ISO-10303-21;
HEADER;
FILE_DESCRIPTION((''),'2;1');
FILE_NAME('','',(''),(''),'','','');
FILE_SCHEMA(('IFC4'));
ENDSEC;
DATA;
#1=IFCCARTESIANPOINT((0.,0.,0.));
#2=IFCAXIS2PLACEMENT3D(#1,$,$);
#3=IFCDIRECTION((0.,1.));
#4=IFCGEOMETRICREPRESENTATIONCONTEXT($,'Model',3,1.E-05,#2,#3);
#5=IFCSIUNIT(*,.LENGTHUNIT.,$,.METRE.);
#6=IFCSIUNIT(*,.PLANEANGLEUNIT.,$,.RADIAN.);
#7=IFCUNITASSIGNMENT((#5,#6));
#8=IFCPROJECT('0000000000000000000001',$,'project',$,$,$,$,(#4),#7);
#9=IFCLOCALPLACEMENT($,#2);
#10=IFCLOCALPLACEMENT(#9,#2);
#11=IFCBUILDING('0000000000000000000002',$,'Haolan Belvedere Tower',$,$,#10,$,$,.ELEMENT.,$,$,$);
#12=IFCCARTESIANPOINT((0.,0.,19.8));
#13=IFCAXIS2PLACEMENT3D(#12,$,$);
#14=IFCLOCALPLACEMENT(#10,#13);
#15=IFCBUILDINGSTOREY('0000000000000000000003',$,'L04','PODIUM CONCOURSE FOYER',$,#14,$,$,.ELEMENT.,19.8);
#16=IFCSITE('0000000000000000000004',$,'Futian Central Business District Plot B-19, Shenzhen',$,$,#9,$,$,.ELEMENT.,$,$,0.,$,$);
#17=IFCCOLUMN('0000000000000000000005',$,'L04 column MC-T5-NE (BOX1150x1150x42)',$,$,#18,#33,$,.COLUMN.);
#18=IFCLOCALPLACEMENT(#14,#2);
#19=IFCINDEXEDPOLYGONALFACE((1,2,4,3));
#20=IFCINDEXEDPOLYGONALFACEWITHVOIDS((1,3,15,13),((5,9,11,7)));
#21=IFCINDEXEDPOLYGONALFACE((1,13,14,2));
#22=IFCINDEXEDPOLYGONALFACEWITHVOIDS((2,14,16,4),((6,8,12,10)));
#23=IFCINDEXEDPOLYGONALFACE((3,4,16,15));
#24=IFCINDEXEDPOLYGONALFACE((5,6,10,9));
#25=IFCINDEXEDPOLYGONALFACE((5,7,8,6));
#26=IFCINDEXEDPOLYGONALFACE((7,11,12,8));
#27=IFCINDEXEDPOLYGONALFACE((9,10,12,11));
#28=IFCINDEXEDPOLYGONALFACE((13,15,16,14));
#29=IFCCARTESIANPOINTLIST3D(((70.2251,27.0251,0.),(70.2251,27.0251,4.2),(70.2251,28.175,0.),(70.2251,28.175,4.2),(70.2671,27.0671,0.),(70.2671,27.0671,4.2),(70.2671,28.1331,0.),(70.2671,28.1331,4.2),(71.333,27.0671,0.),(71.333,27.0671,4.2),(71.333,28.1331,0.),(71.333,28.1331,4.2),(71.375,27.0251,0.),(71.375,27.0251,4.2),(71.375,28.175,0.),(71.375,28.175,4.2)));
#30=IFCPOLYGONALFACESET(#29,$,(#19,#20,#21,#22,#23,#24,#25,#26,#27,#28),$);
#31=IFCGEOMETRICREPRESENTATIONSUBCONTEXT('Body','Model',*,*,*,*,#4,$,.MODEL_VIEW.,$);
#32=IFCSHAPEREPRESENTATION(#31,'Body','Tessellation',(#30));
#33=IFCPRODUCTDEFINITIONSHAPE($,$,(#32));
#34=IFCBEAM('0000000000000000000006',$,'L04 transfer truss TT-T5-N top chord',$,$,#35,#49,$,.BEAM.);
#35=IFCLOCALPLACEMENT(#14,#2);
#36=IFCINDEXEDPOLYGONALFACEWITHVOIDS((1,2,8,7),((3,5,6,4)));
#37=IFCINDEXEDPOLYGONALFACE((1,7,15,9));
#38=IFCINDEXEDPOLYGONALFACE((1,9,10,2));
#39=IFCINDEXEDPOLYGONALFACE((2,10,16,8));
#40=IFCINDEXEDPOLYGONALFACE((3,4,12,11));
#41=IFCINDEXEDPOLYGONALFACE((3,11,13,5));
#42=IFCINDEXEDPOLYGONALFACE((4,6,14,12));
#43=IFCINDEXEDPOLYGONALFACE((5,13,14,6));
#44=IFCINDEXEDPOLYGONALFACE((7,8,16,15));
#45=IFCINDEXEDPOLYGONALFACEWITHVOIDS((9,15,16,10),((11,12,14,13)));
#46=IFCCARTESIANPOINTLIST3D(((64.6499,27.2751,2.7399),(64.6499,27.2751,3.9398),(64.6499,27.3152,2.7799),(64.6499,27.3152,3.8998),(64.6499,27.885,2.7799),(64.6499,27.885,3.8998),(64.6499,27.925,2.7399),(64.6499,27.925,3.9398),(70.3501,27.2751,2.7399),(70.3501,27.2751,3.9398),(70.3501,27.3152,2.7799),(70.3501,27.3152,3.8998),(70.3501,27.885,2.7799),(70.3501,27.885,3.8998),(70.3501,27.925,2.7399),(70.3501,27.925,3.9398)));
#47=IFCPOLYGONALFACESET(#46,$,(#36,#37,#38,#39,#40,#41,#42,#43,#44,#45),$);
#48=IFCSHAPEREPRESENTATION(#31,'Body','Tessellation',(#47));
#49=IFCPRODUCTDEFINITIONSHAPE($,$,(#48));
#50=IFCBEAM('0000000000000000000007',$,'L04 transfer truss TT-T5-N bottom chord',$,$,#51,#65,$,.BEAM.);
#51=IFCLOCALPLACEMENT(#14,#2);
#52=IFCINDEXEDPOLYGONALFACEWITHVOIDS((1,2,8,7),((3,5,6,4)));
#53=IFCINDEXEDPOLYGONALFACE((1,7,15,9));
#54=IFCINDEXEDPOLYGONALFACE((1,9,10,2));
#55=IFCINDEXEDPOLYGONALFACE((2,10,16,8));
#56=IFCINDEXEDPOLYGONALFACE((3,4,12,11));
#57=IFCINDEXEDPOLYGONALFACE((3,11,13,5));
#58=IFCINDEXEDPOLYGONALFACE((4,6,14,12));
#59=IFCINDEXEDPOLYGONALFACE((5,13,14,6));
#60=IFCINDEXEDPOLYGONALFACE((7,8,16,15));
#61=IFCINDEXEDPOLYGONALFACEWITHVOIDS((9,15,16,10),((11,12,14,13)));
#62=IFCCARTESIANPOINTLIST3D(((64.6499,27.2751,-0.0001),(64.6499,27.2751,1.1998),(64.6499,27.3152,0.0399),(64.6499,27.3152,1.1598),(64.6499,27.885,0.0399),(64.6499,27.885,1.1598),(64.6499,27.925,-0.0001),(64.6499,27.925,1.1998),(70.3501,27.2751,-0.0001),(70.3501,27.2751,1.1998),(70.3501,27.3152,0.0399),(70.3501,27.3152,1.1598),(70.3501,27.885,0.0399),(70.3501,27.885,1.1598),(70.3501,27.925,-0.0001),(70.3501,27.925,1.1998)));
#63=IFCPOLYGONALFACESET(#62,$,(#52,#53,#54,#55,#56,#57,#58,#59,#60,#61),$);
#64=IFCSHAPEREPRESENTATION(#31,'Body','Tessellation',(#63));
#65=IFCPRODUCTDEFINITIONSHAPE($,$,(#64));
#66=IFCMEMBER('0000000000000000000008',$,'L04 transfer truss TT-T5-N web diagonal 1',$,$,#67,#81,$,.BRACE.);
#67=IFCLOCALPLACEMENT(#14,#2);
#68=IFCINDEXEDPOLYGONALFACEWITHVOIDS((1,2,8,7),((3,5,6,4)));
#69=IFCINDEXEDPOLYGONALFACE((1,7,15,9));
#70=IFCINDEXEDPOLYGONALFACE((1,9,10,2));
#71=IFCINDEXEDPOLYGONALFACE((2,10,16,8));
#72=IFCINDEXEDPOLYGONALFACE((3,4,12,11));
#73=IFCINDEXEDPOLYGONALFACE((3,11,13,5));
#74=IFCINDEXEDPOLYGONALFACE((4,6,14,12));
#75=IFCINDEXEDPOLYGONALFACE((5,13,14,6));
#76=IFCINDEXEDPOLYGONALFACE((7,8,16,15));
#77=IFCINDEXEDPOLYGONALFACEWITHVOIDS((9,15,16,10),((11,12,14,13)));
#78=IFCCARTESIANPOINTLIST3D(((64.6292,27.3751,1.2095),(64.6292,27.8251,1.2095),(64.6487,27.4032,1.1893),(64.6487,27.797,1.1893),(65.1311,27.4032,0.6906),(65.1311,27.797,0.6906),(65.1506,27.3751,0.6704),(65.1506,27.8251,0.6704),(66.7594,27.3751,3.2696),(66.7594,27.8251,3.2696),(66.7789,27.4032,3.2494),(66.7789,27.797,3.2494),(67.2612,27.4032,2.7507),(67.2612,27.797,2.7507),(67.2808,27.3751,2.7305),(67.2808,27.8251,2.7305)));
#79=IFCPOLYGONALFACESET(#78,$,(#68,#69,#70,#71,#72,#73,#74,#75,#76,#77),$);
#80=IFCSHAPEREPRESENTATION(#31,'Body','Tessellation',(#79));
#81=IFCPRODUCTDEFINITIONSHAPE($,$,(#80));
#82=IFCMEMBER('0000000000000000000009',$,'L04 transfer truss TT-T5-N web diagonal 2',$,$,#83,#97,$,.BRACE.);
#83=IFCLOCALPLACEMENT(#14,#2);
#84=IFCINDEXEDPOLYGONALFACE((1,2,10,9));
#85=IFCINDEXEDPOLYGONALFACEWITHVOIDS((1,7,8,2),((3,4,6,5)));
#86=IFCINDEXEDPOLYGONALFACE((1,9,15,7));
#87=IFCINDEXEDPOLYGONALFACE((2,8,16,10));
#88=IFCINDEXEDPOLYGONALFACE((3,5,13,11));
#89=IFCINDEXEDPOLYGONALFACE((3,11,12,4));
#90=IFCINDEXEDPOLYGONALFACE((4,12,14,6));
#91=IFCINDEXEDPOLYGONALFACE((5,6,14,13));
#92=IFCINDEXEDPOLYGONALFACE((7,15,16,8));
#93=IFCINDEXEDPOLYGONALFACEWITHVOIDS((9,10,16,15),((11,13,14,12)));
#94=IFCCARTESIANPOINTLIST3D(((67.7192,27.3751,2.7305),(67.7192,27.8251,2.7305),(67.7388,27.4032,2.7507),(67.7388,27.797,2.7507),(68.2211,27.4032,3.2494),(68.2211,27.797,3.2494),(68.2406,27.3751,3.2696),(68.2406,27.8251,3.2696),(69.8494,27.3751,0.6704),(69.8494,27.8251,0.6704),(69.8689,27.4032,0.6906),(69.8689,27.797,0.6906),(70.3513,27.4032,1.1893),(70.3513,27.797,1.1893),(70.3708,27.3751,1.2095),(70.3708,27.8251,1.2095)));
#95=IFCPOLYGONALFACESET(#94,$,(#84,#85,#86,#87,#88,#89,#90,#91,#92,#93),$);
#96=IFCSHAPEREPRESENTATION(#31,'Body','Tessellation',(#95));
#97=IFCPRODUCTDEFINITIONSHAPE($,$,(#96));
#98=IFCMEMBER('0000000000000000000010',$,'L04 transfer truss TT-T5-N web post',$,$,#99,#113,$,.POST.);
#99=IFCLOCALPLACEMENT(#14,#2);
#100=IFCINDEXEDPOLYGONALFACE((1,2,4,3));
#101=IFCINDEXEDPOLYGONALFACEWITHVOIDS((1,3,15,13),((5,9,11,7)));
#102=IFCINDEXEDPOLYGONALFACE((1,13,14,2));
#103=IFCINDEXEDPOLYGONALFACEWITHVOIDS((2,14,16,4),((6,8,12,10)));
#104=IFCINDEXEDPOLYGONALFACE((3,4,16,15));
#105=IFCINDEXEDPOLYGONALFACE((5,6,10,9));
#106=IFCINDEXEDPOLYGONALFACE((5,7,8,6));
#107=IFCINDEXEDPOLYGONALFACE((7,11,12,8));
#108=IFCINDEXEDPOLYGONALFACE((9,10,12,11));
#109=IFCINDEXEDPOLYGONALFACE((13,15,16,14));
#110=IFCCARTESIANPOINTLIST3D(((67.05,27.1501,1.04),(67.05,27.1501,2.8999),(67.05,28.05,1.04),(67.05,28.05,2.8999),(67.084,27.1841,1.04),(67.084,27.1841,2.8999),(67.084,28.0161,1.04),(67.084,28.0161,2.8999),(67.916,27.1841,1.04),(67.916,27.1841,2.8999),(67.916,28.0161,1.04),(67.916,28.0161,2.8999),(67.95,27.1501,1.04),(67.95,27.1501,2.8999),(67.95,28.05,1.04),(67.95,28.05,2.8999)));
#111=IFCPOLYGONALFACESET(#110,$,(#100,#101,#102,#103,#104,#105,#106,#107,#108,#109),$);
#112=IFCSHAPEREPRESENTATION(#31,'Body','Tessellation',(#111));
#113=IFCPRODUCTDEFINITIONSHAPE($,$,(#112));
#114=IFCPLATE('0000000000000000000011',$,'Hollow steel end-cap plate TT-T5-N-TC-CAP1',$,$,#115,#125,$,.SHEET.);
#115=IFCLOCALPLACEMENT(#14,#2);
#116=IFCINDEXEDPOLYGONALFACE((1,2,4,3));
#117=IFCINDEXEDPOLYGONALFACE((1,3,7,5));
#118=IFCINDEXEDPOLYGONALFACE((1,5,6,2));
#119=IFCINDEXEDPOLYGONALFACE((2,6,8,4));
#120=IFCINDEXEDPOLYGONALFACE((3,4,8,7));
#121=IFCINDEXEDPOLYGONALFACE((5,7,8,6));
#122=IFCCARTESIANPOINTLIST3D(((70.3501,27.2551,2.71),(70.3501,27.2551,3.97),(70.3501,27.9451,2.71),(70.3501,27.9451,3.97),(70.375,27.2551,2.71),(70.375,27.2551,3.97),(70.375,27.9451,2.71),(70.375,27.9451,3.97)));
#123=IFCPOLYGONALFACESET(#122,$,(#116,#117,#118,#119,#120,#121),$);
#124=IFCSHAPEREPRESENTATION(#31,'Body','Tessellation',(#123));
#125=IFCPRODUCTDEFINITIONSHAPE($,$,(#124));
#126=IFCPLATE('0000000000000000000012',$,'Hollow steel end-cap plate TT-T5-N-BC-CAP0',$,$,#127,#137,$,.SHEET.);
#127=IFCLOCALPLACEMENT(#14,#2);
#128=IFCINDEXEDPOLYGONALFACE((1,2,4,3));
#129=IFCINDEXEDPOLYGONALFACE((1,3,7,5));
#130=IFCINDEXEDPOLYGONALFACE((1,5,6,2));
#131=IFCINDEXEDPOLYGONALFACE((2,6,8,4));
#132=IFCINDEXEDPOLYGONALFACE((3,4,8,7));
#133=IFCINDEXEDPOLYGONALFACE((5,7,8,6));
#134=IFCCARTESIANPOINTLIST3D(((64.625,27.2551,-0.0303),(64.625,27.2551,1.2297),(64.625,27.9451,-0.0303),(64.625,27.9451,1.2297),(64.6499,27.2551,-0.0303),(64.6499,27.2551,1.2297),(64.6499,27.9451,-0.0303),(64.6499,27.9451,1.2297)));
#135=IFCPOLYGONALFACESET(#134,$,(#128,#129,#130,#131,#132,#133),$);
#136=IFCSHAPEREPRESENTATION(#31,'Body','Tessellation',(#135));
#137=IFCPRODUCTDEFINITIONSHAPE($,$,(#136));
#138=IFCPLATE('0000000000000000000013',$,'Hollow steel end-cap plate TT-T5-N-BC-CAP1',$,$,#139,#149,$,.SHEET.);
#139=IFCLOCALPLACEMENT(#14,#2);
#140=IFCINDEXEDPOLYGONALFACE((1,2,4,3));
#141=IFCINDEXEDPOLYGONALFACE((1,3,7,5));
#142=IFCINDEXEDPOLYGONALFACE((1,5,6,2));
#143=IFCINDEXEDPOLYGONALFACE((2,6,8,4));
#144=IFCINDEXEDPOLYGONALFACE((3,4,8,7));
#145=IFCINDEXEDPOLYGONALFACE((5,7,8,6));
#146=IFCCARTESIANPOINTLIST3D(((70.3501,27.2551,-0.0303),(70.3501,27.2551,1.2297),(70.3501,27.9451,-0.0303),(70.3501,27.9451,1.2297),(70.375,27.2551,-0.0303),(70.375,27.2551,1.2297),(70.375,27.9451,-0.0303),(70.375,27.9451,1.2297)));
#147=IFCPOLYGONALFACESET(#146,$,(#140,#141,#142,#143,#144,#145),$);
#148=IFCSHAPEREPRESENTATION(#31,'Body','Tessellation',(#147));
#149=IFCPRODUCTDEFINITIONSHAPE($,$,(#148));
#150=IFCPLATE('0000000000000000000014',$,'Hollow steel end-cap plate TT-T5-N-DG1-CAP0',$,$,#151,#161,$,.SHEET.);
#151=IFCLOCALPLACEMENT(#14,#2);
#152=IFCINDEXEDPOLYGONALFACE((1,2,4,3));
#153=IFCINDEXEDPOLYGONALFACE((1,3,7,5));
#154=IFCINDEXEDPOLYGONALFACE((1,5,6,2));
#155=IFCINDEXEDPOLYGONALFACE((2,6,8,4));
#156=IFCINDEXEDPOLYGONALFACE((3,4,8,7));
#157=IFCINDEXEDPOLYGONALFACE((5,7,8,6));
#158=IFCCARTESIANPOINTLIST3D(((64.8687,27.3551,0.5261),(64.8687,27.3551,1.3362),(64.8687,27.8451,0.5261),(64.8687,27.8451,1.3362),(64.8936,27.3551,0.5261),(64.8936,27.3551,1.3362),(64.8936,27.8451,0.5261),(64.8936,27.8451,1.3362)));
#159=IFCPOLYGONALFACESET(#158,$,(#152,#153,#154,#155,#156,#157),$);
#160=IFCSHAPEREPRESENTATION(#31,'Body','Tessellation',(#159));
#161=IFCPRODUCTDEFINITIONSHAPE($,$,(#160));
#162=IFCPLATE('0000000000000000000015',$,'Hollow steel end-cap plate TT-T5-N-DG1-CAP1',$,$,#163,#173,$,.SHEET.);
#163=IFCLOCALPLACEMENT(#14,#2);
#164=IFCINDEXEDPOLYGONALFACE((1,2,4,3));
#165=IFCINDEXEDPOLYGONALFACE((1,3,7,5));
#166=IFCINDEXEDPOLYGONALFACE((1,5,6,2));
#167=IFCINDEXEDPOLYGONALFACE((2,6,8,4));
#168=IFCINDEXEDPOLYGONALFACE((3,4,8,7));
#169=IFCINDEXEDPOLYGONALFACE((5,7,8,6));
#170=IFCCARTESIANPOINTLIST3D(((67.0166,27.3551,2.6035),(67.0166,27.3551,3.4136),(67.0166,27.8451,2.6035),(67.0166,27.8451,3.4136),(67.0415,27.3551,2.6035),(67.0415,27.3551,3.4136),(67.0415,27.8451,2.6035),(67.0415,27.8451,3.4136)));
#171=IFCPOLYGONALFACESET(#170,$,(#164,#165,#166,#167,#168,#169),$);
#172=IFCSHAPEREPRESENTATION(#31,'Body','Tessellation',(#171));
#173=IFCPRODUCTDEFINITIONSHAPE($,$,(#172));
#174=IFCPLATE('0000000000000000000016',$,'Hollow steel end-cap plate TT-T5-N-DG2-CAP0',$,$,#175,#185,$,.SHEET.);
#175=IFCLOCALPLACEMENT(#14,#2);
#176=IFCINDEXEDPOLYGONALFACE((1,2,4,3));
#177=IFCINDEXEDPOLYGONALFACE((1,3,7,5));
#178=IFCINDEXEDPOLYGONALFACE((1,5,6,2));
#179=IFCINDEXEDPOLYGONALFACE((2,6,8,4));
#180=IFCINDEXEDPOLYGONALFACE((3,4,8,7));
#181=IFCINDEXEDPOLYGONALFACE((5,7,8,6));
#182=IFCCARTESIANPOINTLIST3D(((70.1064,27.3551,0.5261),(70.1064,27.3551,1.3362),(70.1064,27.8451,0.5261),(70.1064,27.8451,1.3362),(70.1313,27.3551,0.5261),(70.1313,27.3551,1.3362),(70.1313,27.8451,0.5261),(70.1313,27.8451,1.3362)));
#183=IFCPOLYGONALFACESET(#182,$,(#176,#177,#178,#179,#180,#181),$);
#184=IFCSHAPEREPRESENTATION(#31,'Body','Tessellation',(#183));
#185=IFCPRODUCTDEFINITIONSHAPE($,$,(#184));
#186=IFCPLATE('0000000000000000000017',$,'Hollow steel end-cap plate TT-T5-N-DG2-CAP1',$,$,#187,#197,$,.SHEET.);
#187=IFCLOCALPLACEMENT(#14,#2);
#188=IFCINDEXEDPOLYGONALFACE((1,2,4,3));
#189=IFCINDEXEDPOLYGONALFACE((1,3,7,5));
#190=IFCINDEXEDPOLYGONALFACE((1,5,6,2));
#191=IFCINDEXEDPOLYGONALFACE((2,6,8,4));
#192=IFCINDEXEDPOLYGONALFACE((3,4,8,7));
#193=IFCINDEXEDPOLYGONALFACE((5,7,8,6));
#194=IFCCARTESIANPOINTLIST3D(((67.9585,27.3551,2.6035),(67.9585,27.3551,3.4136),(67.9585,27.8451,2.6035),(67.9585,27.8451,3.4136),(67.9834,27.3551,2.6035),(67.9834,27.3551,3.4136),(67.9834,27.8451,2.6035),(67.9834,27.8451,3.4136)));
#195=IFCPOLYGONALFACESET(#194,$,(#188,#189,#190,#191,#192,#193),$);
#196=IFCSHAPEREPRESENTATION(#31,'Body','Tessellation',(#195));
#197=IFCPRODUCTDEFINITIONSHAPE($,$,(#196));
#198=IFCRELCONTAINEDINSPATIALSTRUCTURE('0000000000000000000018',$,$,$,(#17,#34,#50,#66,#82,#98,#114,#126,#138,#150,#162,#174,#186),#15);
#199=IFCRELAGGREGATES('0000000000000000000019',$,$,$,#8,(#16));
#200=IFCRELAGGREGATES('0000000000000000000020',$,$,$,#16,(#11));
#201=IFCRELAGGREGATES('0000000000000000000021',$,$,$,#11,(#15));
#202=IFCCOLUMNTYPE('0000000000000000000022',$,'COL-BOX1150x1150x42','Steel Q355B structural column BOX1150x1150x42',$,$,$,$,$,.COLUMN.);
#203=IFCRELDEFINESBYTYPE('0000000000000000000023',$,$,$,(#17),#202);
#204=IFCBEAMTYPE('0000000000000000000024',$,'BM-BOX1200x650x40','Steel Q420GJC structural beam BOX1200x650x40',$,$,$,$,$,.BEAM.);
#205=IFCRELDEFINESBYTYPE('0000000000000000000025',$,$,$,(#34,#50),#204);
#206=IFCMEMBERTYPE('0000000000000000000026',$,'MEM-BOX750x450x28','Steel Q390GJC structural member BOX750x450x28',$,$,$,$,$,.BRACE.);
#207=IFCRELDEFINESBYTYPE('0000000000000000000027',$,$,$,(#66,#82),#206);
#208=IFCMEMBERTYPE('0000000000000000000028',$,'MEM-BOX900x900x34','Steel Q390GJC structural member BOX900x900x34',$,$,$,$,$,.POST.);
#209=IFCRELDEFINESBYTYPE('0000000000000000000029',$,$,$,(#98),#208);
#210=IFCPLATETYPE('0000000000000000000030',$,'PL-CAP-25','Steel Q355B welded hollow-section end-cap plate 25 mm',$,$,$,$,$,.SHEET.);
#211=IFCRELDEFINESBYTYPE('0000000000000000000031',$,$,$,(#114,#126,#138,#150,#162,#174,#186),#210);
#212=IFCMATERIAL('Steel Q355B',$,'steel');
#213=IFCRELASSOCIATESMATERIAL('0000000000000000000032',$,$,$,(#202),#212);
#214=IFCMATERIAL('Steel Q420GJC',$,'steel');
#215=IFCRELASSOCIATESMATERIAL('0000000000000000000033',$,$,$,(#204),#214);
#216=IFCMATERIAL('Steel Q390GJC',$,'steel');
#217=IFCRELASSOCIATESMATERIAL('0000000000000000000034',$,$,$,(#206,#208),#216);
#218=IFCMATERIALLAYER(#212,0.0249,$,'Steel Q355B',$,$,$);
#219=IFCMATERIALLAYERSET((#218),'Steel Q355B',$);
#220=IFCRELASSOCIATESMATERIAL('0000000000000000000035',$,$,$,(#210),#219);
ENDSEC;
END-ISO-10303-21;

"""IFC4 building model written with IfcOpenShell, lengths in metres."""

from ifc_helpers import new_model, si_unit, direction, frame, origin, origin_2d, place, context, subcontext, project, spatial, rectangle, hollow_rectangle, extrude, material, layer, layer_set, material_profile, profile_set, type_object, element, save


model = new_model("IFC4")

# Units and contexts
model_context = context("Model", 3, precision=1e-05, world=origin(), true_north=direction((0.0, 1.0)))
body_context = subcontext(model_context, "Body", "Model", "MODEL_VIEW")
ifc_project = project(units=[si_unit("LENGTHUNIT", "METRE"), si_unit("PLANEANGLEUNIT", "RADIAN")], contexts=[model_context])

# Site, building, storey
site_placement = place(None, origin())
site = spatial("IfcSite", under=ifc_project, at=site_placement, Name="Futian Central Business District Plot B-19, Shenzhen", CompositionType="ELEMENT", RefElevation=0.0)
building_placement = place(site_placement, origin())
building = spatial("IfcBuilding", under=site, at=building_placement, Name="Haolan Belvedere Tower", CompositionType="ELEMENT")
storey_placement = place(building_placement, frame((0.0, 0.0, 19.8)))
storey = spatial("IfcBuildingStorey", under=building, at=storey_placement, Name="L04", Description="PODIUM CONCOURSE FOYER", CompositionType="ELEMENT", Elevation=19.8)

# Column
ifc_material_1 = material(Name="Steel Q355B", Category="steel")
ifc_material_profile_1 = material_profile(ifc_material_1, hollow_rectangle(XDim=1.1499, YDim=1.1499, WallThickness=0.042, at=origin_2d()), Name="Steel Q355B")
ifc_profile_set_1 = profile_set([ifc_material_profile_1], Name="Steel Q355B")
column_type = type_object("IfcColumnType", Name="COL-BOX1150x1150x42", Description="Steel Q355B structural column BOX1150x1150x42", PredefinedType="COLUMN", material=ifc_profile_set_1)
column_placement = place(storey_placement, frame((70.8, 27.6001, 0.0), z_axis=(0.0, 0.0, 1.0), x_axis=(1.0, 0.0, 0.0)))
element("IfcColumn", 1, at=column_placement, inside=storey, type_object=column_type, Name="L04 column MC-T5-NE (BOX1150x1150x42)", PredefinedType="COLUMN", context=body_context, shape_type="SweptSolid", body=[
    extrude(hollow_rectangle(XDim=1.1499, YDim=1.1499, WallThickness=0.042, at=origin_2d()), origin(), (0.0, 0.0, 1.0), 4.2),
])

# Beams
ifc_material_2 = material(Name="Steel Q420GJC", Category="steel")
ifc_material_profile_2 = material_profile(ifc_material_2, hollow_rectangle(XDim=0.6499, YDim=1.2, WallThickness=0.04, at=origin_2d()), Name="Steel Q420GJC")
ifc_profile_set_2 = profile_set([ifc_material_profile_2], Name="Steel Q420GJC")
beam_type = type_object("IfcBeamType", Name="BM-BOX1200x650x40", Description="Steel Q420GJC structural beam BOX1200x650x40", PredefinedType="BEAM", material=ifc_profile_set_2)
for number, where, z_axis, x_axis, name in (
    (2, (64.6499, 27.6001, 3.3398), (1.0, 0.0, 0.0), (0.0, 1.0, 0.0), "L04 transfer truss TT-T5-N top chord"),
    (3, (64.6499, 27.6001, 0.5999), (1.0, 0.0, 0.0), (0.0, 1.0, 0.0), "L04 transfer truss TT-T5-N bottom chord"),
):
    element("IfcBeam", number, at=place(storey_placement, frame(where, z_axis=z_axis, x_axis=x_axis)), inside=storey, type_object=beam_type, Name=name, PredefinedType="BEAM", context=body_context, shape_type="SweptSolid", body=[
        extrude(hollow_rectangle(XDim=0.6499, YDim=1.2, WallThickness=0.04, at=origin_2d()), origin(), (0.0, 0.0, 1.0), 5.7002),
    ])

# Members
ifc_material_3 = material(Name="Steel Q390GJC", Category="steel")
ifc_material_profile_3 = material_profile(ifc_material_3, hollow_rectangle(XDim=0.45, YDim=0.75, WallThickness=0.0281, at=origin_2d()), Name="Steel Q390GJC")
ifc_profile_set_3 = profile_set([ifc_material_profile_3], Name="Steel Q390GJC")
member_type_1 = type_object("IfcMemberType", Name="MEM-BOX750x450x28", Description="Steel Q390GJC structural member BOX750x450x28", PredefinedType="BRACE", material=ifc_profile_set_3)
for number, where, z_axis, x_axis, name in (
    (4, (64.8899, 27.6001, 0.9399), (0.718831, 0.0, 0.695185), (0.0, 1.0, 0.0), "L04 transfer truss TT-T5-N web diagonal 1"),
    (5, (70.1101, 27.6001, 0.9399), (-0.718831, 0.0, 0.695185), (0.0, -1.0, 0.0), "L04 transfer truss TT-T5-N web diagonal 2"),
):
    element("IfcMember", number, at=place(storey_placement, frame(where, z_axis=z_axis, x_axis=x_axis)), inside=storey, type_object=member_type_1, Name=name, PredefinedType="BRACE", context=body_context, shape_type="SweptSolid", body=[
        extrude(hollow_rectangle(XDim=0.45, YDim=0.75, WallThickness=0.0281, at=origin_2d()), origin(), (0.0, 0.0, 1.0), 2.9634),
    ])
ifc_material_profile_4 = material_profile(ifc_material_3, hollow_rectangle(XDim=0.8999, YDim=0.8999, WallThickness=0.0339, at=origin_2d()), Name="Steel Q390GJC")
ifc_profile_set_4 = profile_set([ifc_material_profile_4], Name="Steel Q390GJC")
member_type_2 = type_object("IfcMemberType", Name="MEM-BOX900x900x34", Description="Steel Q390GJC structural member BOX900x900x34", PredefinedType="POST", material=ifc_profile_set_4)
member_placement = place(storey_placement, frame((67.5, 27.6001, 1.04), z_axis=(0.0, 0.0, 1.0), x_axis=(1.0, 0.0, 0.0)))
element("IfcMember", 6, at=member_placement, inside=storey, type_object=member_type_2, Name="L04 transfer truss TT-T5-N web post", PredefinedType="POST", context=body_context, shape_type="SweptSolid", body=[
    extrude(hollow_rectangle(XDim=0.8999, YDim=0.8999, WallThickness=0.0339, at=origin_2d()), origin(), (0.0, 0.0, 1.0), 1.8599),
])

# Plates
ifc_layer_1 = layer(ifc_material_1, 0.0249, Name="Steel Q355B")
ifc_layer_set_1 = layer_set([ifc_layer_1], Name="Steel Q355B")
plate_type_1 = type_object("IfcPlateType", Name="PL-CAP-25", Description="Steel Q355B welded hollow-section end-cap plate 25 mm", PredefinedType="SHEET", material=ifc_layer_set_1)
for number, where, z_axis, x_axis, name in (
    (7, (70.3625, 27.6001, 2.71), (0.0, 0.0, 1.0), (0.0, 1.0, 0.0), "Hollow steel end-cap plate TT-T5-N-TC-CAP1"),
    (8, (64.6375, 27.6001, -0.0303), (0.0, 0.0, 1.0), (0.0, -1.0, 0.0), "Hollow steel end-cap plate TT-T5-N-BC-CAP0"),
    (9, (70.3625, 27.6001, -0.0303), (0.0, 0.0, 1.0), (0.0, 1.0, 0.0), "Hollow steel end-cap plate TT-T5-N-BC-CAP1"),
):
    element("IfcPlate", number, at=place(storey_placement, frame(where, z_axis=z_axis, x_axis=x_axis)), inside=storey, type_object=plate_type_1, Name=name, PredefinedType="SHEET", context=body_context, shape_type="SweptSolid", body=[
        extrude(rectangle(XDim=0.6899, YDim=0.0249, at=origin_2d()), origin(), (0.0, 0.0, 1.0), 1.26),
    ])
for number, where, z_axis, x_axis, name in (
    (10, (64.8811, 27.6001, 0.5261), (0.0, 0.0, 1.0), (0.0, -1.0, 0.0), "Hollow steel end-cap plate TT-T5-N-DG1-CAP0"),
    (11, (67.0291, 27.6001, 2.6035), (0.0, 0.0, 1.0), (0.0, 1.0, 0.0), "Hollow steel end-cap plate TT-T5-N-DG1-CAP1"),
    (12, (70.1189, 27.6001, 0.5261), (0.0, 0.0, 1.0), (0.0, 1.0, 0.0), "Hollow steel end-cap plate TT-T5-N-DG2-CAP0"),
    (13, (67.9709, 27.6001, 2.6035), (0.0, 0.0, 1.0), (0.0, -1.0, 0.0), "Hollow steel end-cap plate TT-T5-N-DG2-CAP1"),
):
    element("IfcPlate", number, at=place(storey_placement, frame(where, z_axis=z_axis, x_axis=x_axis)), inside=storey, type_object=plate_type_1, Name=name, PredefinedType="SHEET", context=body_context, shape_type="SweptSolid", body=[
        extrude(rectangle(XDim=0.49, YDim=0.0249, at=origin_2d()), origin(), (0.0, 0.0, 1.0), 0.8101),
    ])

save(model, "model.ifc")
